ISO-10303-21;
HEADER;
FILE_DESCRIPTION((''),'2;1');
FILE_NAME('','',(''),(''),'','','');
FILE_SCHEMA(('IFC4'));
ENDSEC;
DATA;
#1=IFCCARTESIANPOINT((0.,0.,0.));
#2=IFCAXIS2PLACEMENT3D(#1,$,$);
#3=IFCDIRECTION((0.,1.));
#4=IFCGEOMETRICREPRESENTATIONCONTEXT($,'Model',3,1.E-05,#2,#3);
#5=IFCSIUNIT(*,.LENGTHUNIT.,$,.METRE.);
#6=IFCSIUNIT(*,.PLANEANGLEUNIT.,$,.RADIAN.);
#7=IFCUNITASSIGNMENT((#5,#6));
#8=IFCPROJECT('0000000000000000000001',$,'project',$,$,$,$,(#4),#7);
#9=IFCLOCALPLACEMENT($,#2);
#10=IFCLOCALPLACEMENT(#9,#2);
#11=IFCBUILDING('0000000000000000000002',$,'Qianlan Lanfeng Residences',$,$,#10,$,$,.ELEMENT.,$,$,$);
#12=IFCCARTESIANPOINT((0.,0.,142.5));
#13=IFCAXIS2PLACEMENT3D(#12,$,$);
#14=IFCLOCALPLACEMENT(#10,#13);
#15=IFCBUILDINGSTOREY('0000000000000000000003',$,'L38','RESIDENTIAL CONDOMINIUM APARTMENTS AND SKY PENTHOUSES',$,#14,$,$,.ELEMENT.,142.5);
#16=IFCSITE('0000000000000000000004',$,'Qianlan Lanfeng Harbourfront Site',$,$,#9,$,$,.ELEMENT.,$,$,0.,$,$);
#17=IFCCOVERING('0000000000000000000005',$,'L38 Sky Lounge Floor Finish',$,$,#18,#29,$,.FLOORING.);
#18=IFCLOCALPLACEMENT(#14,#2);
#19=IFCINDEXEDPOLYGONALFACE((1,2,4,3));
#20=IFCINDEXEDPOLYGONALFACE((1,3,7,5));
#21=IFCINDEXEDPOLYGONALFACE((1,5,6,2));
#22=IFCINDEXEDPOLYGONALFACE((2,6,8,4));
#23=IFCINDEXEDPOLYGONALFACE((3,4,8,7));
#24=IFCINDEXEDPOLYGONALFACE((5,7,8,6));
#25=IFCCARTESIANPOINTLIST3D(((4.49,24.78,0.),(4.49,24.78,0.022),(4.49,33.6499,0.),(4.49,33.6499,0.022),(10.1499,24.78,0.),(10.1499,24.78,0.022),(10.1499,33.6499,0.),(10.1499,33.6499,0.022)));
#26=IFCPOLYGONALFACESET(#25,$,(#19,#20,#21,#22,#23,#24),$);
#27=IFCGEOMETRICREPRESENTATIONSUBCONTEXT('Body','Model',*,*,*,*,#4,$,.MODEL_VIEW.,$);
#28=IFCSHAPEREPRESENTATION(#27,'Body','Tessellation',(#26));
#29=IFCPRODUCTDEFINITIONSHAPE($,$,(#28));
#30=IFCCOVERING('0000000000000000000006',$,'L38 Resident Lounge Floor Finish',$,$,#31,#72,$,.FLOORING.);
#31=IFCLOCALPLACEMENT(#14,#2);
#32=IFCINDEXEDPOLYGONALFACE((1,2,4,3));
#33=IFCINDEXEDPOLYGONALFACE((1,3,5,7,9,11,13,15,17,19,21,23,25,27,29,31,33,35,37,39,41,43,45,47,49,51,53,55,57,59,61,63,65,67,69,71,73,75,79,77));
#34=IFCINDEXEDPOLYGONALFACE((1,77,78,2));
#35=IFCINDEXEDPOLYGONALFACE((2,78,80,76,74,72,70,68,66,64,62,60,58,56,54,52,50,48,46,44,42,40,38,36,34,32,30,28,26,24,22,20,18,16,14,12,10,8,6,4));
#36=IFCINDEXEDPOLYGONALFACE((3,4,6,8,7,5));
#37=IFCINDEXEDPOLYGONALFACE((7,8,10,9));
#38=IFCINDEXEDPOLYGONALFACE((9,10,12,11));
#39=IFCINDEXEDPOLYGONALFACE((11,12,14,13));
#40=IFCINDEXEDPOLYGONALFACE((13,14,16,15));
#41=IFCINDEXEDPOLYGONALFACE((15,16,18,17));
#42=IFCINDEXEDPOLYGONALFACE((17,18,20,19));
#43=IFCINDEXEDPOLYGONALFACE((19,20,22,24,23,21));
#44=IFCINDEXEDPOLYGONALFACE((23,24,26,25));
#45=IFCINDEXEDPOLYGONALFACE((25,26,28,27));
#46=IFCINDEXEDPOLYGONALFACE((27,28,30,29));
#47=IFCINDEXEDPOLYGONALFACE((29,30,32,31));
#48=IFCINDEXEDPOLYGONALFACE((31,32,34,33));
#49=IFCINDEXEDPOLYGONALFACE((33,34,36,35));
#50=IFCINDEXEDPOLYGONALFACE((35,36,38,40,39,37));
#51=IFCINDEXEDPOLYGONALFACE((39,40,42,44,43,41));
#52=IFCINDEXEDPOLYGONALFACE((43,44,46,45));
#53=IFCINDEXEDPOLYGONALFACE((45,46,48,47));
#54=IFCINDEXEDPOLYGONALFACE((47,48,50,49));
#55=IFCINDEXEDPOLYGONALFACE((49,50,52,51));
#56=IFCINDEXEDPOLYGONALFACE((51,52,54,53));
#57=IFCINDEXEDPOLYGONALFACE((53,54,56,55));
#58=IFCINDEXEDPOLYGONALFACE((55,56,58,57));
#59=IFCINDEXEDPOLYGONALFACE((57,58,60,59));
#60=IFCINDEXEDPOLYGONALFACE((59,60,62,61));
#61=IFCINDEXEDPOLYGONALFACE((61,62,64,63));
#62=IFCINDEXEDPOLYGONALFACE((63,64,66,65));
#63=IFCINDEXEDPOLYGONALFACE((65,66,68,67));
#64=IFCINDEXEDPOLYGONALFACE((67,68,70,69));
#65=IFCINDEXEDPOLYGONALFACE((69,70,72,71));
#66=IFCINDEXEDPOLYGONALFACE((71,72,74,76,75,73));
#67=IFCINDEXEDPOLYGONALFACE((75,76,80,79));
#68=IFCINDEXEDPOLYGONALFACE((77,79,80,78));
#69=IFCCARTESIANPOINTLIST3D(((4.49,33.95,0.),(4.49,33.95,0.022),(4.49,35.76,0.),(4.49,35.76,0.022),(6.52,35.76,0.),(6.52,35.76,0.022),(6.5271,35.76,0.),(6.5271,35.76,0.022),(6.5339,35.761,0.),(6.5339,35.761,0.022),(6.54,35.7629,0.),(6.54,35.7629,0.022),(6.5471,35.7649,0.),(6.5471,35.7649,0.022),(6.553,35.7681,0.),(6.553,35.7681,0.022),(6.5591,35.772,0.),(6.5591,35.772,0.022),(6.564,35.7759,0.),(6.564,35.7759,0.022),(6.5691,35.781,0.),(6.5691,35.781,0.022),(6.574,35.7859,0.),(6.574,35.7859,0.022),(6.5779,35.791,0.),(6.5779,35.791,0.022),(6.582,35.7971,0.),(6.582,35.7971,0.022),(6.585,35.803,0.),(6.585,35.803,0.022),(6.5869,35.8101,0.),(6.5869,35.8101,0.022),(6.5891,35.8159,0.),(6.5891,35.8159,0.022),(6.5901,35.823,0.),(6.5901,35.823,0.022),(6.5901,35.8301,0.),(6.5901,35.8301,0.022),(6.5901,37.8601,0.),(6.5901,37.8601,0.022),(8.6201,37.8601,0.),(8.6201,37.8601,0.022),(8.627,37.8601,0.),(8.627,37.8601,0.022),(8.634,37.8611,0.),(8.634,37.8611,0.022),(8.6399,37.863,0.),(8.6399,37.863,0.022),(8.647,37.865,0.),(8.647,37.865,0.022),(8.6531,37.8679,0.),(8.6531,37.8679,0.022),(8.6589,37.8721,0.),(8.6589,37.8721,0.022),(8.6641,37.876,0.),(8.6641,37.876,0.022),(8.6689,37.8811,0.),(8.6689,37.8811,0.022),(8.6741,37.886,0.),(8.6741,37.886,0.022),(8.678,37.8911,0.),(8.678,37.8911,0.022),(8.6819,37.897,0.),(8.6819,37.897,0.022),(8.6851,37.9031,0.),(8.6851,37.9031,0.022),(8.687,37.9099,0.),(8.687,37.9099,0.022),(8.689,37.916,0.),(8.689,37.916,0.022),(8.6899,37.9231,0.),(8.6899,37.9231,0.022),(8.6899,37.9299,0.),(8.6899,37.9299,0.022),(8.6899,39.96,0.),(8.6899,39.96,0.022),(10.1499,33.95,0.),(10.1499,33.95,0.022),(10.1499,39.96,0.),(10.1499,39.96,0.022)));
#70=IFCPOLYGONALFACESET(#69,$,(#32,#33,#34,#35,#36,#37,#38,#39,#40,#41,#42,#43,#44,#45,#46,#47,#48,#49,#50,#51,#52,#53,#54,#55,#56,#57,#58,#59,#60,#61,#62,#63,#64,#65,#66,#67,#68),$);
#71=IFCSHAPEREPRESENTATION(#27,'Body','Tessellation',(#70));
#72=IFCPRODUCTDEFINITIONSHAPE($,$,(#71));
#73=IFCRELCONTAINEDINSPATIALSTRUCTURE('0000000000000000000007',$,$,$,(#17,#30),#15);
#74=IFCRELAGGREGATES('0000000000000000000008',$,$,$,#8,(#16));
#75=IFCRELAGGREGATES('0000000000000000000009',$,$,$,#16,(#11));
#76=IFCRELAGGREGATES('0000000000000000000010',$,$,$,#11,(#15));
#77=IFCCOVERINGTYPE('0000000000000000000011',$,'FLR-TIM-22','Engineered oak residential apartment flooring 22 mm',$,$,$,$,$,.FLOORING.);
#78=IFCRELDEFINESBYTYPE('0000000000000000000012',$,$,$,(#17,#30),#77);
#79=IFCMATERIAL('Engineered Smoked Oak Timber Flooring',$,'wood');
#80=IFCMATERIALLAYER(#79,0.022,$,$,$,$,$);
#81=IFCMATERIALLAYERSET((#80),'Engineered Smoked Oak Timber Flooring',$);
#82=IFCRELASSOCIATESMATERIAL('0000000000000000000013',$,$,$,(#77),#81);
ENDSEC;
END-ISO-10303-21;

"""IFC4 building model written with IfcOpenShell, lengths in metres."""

from ifc_helpers import new_model, si_unit, direction, frame, origin, place, context, subcontext, project, spatial, polyline, outline, extrude, material, layer, layer_set, type_object, element, save


model = new_model("IFC4")

# Units and contexts
model_context = context("Model", 3, precision=1e-05, world=origin(), true_north=direction((0.0, 1.0)))
body_context = subcontext(model_context, "Body", "Model", "MODEL_VIEW")
ifc_project = project(units=[si_unit("LENGTHUNIT", "METRE"), si_unit("PLANEANGLEUNIT", "RADIAN")], contexts=[model_context])

# Site, building, storey
site_placement = place(None, origin())
site = spatial("IfcSite", under=ifc_project, at=site_placement, Name="Qianlan Lanfeng Harbourfront Site", CompositionType="ELEMENT", RefElevation=0.0)
building_placement = place(site_placement, origin())
building = spatial("IfcBuilding", under=site, at=building_placement, Name="Qianlan Lanfeng Residences", CompositionType="ELEMENT")
storey_placement = place(building_placement, frame((0.0, 0.0, 142.5)))
storey = spatial("IfcBuildingStorey", under=building, at=storey_placement, Name="L38", Description="RESIDENTIAL CONDOMINIUM APARTMENTS AND SKY PENTHOUSES", CompositionType="ELEMENT", Elevation=142.5)

# Coverings
ifc_material_1 = material(Name="Engineered Smoked Oak Timber Flooring", Category="wood")
ifc_layer_1 = layer(ifc_material_1, 0.022)
ifc_layer_set_1 = layer_set([ifc_layer_1], Name="Engineered Smoked Oak Timber Flooring")
covering_type_1 = type_object("IfcCoveringType", Name="FLR-TIM-22", Description="Engineered oak residential apartment flooring 22 mm", PredefinedType="FLOORING", material=ifc_layer_set_1)
covering_1_placement = place(storey_placement, origin())
element("IfcCovering", 1, at=covering_1_placement, inside=storey, type_object=covering_type_1, Name="L38 Sky Lounge Floor Finish", PredefinedType="FLOORING", context=body_context, shape_type="SweptSolid", body=[
    extrude(outline(polyline([(10.1499, 33.6499), (4.49, 33.6499), (4.49, 24.78), (10.1499, 24.78), (10.1499, 33.6499)])), origin(), (0.0, 0.0, 1.0), 0.022),
])
covering_2_placement = place(storey_placement, origin())
element("IfcCovering", 2, at=covering_2_placement, inside=storey, type_object=covering_type_1, Name="L38 Resident Lounge Floor Finish", PredefinedType="FLOORING", context=body_context, shape_type="SweptSolid", body=[
    extrude(outline(polyline([(4.49, 33.95), (10.1499, 33.95), (10.1499, 39.96), (8.6899, 39.96), (8.6899, 37.9299), (8.6899, 37.9231), (8.689, 37.916), (8.687, 37.9099), (8.6851, 37.9031), (8.6819, 37.897), (8.678, 37.8911), (8.6741, 37.886), (8.6689, 37.8811), (8.6641, 37.876), (8.6589, 37.8721), (8.6531, 37.8679), (8.647, 37.865), (8.6399, 37.863), (8.634, 37.8611), (8.627, 37.8601), (8.6201, 37.8601), (6.5901, 37.8601), (6.5901, 35.8301), (6.5901, 35.823), (6.5891, 35.8159), (6.5869, 35.8101), (6.585, 35.803), (6.582, 35.7971), (6.5779, 35.791), (6.574, 35.7859), (6.5691, 35.781), (6.564, 35.7759), (6.5591, 35.772), (6.553, 35.7681), (6.5471, 35.7649), (6.54, 35.7629), (6.5339, 35.761), (6.5271, 35.76), (6.52, 35.76), (4.49, 35.76), (4.49, 33.95)])), origin(), (0.0, 0.0, 1.0), 0.022),
])

save(model, "model.ifc")
